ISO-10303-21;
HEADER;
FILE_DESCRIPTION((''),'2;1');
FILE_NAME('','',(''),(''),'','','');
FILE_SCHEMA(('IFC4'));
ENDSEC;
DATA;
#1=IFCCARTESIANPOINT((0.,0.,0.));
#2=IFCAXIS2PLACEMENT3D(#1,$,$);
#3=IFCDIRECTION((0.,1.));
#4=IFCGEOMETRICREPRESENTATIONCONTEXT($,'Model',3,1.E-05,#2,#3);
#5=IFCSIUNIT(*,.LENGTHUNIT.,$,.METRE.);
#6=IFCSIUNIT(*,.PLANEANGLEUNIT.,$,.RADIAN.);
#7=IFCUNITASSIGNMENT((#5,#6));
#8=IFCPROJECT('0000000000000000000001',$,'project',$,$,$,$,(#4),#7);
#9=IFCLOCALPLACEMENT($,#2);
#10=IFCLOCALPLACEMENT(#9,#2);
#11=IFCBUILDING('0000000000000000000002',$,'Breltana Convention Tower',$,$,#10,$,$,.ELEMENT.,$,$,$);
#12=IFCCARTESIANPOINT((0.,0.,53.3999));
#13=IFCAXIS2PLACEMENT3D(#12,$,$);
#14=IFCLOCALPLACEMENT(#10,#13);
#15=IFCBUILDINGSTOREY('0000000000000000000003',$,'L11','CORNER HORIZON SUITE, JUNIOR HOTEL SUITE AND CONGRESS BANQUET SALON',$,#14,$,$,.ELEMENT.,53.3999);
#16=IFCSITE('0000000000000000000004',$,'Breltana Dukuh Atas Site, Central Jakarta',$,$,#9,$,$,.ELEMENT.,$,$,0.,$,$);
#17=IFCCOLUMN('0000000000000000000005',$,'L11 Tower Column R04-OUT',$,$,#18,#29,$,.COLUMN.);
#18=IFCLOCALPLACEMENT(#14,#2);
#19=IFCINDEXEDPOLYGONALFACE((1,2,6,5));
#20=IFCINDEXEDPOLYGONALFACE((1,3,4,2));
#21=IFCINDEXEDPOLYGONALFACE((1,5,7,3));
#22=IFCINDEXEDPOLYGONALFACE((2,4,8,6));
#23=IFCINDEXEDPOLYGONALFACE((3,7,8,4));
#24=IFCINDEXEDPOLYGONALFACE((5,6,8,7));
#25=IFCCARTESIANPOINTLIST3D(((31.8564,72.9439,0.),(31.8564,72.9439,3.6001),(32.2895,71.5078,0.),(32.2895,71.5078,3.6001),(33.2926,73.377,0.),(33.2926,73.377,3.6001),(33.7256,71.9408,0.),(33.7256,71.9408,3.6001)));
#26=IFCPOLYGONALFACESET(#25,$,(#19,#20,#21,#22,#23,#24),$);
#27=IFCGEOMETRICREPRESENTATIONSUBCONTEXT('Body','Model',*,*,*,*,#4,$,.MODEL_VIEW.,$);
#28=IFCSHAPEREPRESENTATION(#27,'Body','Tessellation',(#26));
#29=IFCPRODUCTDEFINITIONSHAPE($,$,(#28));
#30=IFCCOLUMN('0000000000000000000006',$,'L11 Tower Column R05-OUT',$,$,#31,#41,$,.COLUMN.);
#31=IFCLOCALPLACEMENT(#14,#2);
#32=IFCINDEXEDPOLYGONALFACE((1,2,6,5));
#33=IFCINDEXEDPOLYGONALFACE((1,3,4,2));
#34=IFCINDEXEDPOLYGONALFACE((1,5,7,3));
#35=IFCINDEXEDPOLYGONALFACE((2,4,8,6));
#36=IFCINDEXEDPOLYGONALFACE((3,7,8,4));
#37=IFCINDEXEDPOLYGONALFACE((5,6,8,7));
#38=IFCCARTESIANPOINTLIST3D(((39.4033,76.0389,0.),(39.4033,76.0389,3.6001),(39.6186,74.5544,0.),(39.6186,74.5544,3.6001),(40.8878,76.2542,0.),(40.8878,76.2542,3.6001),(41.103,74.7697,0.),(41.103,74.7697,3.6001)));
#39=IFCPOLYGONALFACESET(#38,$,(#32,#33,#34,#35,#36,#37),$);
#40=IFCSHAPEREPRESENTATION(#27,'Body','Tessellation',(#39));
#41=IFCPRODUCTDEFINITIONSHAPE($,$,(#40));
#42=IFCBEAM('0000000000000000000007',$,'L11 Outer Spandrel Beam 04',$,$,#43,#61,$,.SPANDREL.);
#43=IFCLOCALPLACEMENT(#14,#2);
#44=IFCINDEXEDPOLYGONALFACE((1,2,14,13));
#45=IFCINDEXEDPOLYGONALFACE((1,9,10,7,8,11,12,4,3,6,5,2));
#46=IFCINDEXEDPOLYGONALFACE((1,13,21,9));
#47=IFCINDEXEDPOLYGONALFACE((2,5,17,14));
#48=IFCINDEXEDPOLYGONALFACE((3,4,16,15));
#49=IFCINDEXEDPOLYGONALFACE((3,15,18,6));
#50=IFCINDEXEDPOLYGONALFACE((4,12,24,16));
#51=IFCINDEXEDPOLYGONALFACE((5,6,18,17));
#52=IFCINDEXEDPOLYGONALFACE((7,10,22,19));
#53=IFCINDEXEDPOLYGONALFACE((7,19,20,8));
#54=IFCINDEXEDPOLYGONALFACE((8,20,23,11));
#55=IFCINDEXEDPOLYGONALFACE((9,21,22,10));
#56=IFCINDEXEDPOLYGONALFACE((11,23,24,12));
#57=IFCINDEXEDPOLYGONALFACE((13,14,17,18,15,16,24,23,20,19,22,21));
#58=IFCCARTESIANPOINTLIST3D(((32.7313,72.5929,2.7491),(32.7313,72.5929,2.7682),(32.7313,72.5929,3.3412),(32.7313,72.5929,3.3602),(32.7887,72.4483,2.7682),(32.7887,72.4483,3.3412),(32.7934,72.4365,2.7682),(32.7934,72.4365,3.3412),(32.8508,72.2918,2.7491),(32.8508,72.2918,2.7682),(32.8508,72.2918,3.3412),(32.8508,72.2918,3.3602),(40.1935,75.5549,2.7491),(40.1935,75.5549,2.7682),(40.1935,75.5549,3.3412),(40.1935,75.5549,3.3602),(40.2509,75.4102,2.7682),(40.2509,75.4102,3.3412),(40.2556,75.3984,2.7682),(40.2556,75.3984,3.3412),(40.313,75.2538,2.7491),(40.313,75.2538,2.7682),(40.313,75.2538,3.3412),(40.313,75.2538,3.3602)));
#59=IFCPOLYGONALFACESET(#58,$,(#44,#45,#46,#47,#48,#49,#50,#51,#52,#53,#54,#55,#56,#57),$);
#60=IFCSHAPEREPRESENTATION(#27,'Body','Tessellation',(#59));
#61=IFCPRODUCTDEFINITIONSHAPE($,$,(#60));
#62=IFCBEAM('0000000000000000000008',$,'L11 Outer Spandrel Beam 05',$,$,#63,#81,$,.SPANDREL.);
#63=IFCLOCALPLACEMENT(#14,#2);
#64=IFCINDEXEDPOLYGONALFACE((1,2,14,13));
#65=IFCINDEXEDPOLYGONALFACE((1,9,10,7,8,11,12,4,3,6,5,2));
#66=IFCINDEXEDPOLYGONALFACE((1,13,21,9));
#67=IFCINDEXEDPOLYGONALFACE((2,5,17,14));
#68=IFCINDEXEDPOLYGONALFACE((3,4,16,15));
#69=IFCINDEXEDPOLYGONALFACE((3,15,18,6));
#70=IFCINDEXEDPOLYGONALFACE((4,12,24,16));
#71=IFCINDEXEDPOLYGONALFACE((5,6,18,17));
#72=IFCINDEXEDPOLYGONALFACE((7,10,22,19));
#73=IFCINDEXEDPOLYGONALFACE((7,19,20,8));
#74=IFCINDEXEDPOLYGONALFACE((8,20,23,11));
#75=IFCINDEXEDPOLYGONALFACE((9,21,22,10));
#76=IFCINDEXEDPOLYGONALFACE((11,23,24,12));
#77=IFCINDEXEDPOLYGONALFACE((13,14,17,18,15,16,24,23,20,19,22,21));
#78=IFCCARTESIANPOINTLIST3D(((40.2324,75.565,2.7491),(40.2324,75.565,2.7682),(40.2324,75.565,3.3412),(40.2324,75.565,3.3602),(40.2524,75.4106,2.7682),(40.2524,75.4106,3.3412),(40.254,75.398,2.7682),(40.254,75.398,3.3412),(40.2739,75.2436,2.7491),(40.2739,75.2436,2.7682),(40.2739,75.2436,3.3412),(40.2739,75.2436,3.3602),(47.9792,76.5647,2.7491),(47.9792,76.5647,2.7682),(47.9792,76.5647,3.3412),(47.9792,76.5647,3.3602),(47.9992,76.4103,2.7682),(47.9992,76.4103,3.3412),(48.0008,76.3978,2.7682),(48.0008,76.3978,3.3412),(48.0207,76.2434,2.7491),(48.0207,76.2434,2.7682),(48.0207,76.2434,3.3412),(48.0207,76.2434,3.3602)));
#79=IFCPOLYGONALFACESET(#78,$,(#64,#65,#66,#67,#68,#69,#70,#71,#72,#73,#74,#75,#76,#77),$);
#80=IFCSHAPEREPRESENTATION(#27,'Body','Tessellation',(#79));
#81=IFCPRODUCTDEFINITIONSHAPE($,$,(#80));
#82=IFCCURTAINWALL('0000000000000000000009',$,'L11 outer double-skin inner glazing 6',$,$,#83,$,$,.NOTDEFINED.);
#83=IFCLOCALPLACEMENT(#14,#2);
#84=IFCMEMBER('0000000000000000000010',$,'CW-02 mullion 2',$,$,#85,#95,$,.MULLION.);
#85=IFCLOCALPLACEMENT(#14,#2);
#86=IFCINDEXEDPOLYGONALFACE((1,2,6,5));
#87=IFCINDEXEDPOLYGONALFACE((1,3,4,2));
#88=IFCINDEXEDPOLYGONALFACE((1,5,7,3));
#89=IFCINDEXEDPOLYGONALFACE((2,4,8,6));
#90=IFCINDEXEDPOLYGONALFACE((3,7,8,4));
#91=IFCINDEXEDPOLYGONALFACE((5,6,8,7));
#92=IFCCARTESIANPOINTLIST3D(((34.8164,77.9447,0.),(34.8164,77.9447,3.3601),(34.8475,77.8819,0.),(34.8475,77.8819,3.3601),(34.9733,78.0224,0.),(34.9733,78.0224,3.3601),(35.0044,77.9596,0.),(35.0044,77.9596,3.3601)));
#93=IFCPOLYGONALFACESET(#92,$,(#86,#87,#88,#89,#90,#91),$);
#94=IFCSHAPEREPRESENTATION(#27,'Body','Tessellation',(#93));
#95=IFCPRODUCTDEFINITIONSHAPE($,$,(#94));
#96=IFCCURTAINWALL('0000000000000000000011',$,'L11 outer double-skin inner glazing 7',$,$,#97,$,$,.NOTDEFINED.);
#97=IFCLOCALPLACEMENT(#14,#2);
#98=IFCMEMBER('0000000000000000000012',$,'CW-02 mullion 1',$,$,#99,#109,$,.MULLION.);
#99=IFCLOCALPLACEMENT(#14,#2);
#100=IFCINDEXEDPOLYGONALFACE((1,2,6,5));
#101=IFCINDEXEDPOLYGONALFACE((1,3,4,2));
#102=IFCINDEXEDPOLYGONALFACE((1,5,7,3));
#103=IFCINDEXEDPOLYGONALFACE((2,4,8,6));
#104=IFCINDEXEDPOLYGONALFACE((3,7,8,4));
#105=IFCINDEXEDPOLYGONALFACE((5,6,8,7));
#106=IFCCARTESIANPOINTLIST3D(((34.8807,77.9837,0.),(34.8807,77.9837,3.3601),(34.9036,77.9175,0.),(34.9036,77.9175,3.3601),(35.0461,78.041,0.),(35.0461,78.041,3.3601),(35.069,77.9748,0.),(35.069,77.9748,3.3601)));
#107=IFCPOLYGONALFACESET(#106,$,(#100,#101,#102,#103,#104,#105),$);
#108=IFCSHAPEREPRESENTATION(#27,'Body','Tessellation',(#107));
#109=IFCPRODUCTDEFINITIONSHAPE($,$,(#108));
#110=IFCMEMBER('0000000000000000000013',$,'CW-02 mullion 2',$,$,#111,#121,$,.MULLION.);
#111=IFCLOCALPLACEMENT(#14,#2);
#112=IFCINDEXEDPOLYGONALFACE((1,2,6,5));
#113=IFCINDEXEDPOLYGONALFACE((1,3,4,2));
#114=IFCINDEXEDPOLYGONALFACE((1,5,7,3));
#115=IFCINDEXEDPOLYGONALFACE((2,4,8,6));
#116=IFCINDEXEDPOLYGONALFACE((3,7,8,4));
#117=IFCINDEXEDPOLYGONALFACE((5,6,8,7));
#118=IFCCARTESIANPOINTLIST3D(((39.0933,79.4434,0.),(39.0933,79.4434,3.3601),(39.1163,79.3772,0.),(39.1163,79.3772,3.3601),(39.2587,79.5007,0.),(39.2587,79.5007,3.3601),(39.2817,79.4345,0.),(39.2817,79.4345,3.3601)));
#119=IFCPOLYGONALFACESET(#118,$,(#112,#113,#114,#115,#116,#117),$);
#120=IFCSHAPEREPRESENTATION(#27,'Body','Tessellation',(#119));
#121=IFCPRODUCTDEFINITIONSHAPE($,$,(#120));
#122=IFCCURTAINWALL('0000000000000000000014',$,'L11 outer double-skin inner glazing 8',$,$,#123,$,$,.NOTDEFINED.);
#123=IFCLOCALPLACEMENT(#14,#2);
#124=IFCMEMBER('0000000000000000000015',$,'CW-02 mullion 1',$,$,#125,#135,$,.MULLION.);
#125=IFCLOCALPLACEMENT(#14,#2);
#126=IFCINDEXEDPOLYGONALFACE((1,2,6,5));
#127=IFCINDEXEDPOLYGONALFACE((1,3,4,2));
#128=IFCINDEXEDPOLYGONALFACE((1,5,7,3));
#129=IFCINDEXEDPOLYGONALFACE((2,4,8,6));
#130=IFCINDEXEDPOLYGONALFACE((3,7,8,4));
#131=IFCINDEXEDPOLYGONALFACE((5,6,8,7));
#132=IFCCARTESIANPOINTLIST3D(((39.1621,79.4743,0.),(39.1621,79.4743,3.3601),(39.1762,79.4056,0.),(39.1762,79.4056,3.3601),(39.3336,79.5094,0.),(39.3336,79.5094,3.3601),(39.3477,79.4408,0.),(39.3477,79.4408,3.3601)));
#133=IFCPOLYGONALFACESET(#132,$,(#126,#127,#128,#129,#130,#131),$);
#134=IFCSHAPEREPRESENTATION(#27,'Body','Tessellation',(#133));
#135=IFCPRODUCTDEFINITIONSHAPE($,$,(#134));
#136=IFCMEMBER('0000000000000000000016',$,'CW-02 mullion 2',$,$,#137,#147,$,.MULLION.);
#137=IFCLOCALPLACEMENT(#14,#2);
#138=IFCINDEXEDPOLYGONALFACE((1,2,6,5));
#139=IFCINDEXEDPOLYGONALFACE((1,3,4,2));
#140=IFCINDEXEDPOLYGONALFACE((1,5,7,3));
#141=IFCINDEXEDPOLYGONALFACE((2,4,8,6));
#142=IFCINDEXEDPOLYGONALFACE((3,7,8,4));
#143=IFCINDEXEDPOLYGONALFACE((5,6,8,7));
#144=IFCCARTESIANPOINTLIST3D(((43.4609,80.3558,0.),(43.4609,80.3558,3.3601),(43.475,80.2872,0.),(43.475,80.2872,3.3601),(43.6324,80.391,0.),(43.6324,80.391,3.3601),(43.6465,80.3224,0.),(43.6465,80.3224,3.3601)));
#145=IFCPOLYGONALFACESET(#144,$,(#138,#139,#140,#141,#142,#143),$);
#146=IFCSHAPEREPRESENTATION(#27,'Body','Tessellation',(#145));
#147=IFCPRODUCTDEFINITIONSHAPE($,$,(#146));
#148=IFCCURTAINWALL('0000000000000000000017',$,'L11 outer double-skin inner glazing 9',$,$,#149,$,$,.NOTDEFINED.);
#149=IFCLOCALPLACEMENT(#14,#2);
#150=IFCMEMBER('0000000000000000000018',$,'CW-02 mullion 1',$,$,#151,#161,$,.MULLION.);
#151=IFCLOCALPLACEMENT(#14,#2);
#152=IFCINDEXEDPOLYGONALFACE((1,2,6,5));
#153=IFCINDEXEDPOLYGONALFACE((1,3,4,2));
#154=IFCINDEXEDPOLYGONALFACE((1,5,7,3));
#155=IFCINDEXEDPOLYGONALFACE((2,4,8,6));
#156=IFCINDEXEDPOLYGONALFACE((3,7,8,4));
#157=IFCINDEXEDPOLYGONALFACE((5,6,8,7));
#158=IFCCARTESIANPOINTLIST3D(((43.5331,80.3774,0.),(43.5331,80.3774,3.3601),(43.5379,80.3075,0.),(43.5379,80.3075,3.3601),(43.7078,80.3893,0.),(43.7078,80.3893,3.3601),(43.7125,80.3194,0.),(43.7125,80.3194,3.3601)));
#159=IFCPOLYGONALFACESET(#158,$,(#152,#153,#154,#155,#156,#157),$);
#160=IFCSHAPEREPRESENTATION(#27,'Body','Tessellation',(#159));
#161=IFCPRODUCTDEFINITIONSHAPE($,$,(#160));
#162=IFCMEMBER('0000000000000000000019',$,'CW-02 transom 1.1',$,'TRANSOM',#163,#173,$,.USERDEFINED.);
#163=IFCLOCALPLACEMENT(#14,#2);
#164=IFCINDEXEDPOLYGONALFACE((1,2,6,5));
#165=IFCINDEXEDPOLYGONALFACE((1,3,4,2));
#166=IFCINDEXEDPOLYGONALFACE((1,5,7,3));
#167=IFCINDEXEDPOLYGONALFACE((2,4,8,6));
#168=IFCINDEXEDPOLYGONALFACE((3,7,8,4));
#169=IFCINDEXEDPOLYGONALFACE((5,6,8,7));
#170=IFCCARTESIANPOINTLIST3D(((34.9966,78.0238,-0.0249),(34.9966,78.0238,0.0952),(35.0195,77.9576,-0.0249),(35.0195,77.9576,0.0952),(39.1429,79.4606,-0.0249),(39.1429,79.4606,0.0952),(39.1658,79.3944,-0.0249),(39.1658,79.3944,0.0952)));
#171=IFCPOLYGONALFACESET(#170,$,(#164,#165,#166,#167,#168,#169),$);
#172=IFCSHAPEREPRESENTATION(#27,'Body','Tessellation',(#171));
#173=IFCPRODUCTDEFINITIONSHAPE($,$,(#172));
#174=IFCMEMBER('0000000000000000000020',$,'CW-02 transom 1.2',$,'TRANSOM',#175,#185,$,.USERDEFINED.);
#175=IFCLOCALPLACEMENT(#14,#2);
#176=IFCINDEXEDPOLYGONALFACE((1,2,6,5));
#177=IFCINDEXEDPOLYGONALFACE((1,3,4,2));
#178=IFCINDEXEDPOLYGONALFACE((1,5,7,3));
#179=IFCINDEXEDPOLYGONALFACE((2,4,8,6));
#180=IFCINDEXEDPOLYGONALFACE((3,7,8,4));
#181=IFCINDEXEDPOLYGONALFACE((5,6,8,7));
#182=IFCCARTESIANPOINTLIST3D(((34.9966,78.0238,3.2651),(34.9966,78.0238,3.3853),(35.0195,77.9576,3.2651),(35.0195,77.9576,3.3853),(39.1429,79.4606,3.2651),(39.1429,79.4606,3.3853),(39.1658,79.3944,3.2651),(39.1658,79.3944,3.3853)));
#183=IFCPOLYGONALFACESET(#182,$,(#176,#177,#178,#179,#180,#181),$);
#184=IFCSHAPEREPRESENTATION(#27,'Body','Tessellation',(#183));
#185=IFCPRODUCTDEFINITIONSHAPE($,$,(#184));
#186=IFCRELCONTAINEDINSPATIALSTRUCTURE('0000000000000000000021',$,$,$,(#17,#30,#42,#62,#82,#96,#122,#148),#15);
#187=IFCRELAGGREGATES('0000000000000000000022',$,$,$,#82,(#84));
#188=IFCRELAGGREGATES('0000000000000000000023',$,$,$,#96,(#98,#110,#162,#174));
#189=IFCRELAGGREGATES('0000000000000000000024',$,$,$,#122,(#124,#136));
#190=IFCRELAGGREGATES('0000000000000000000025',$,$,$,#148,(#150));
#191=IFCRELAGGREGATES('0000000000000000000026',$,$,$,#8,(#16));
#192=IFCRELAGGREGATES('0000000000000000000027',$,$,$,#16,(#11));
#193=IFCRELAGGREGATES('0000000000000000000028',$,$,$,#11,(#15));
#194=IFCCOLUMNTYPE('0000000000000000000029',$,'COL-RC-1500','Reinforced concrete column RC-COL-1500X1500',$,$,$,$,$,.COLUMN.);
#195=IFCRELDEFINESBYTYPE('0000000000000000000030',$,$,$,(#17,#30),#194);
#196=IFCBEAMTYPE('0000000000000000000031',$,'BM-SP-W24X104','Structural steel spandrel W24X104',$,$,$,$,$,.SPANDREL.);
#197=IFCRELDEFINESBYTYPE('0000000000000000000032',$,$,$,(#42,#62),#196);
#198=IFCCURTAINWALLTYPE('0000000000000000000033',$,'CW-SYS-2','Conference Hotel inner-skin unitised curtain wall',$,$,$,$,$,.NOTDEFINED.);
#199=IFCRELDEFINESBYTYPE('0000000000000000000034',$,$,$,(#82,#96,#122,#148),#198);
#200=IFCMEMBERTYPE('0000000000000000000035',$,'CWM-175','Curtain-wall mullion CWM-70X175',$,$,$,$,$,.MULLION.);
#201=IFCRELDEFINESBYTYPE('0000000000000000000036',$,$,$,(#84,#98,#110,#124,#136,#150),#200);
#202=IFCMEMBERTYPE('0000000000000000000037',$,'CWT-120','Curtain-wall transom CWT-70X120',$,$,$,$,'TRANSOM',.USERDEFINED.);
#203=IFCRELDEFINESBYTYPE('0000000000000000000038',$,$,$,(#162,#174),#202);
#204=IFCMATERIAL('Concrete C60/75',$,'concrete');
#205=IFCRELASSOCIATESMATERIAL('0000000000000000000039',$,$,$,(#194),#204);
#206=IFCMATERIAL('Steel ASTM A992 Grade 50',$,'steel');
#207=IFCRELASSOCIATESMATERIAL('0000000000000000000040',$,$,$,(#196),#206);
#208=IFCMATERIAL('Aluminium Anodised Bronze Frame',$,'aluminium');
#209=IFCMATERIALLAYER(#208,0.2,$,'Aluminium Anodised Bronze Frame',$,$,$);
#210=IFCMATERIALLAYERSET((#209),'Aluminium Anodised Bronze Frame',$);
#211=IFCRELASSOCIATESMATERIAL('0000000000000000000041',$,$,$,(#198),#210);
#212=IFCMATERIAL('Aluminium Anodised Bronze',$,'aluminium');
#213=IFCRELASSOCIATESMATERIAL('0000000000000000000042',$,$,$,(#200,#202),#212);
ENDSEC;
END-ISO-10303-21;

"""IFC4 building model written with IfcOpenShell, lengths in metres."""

from ifc_helpers import new_model, si_unit, direction, frame, origin, origin_2d, place, context, subcontext, project, spatial, rectangle, i_section, extrude, source, transform, mapped, material, layer, layer_set, material_profile, profile_set, type_object, type_shapes, element, aggregate, save


model = new_model("IFC4")

# Units and contexts
model_context = context("Model", 3, precision=1e-05, world=origin(), true_north=direction((0.0, 1.0)))
body_context = subcontext(model_context, "Body", "Model", "MODEL_VIEW")
ifc_project = project(units=[si_unit("LENGTHUNIT", "METRE"), si_unit("PLANEANGLEUNIT", "RADIAN")], contexts=[model_context])

# Site, building, storey
site_placement = place(None, origin())
site = spatial("IfcSite", under=ifc_project, at=site_placement, Name="Breltana Dukuh Atas Site, Central Jakarta", CompositionType="ELEMENT", RefElevation=0.0)
building_placement = place(site_placement, origin())
building = spatial("IfcBuilding", under=site, at=building_placement, Name="Breltana Convention Tower", CompositionType="ELEMENT")
storey_placement = place(building_placement, frame((0.0, 0.0, 53.3999)))
storey = spatial("IfcBuildingStorey", under=building, at=storey_placement, Name="L11", Description="CORNER HORIZON SUITE, JUNIOR HOTEL SUITE AND CONGRESS BANQUET SALON", CompositionType="ELEMENT", Elevation=53.3999)

# Columns
ifc_material_1 = material(Name="Concrete C60/75", Category="concrete")
ifc_material_profile_1 = material_profile(ifc_material_1, rectangle(XDim=1.5, YDim=1.5, at=origin_2d()), Name="RC-COL-1500X1500")
ifc_profile_set_1 = profile_set([ifc_material_profile_1], Name="Concrete C60/75")
column_type = type_object("IfcColumnType", Name="COL-RC-1500", Description="Reinforced concrete column RC-COL-1500X1500", PredefinedType="COLUMN", material=ifc_profile_set_1)
shared_shape_1 = source(origin(), body_context, "Body", "SweptSolid", [
    extrude(rectangle(XDim=1.5, YDim=1.5, at=origin_2d()), origin(), (0.0, 0.0, 1.0), 3.6001),
])
for number, where, z_axis, x_axis, name in (
    (1, (32.791, 72.4424, 0.0), (0.0, 0.0, 1.0), (-0.288698, 0.95742, 0.0), "L11 Tower Column R04-OUT"),
    (2, (40.2532, 75.4043, 0.0), (0.0, 0.0, 1.0), (-0.143493, 0.989651, 0.0), "L11 Tower Column R05-OUT"),
):
    element("IfcColumn", number, at=place(storey_placement, frame(where, z_axis=z_axis, x_axis=x_axis)), inside=storey, type_object=column_type, Name=name, PredefinedType="COLUMN", context=body_context, shape_type="MappedRepresentation", body=[
        mapped(shared_shape_1, transform((0.0, 0.0, 0.0), scale=1.0)),
    ])

# Beams
ifc_material_2 = material(Name="Steel ASTM A992 Grade 50", Category="steel")
ifc_material_profile_2 = material_profile(ifc_material_2, i_section(OverallWidth=0.324, OverallDepth=0.6111, WebThickness=0.0127, FlangeThickness=0.019, at=origin_2d()), Name="W24X104")
ifc_profile_set_2 = profile_set([ifc_material_profile_2], Name="Steel ASTM A992 Grade 50")
beam_type = type_object("IfcBeamType", Name="BM-SP-W24X104", Description="Structural steel spandrel W24X104", PredefinedType="SPANDREL", material=ifc_profile_set_2)
shared_shape_2 = source(origin(), body_context, "Body", "SweptSolid", [
    extrude(i_section(OverallWidth=0.324, OverallDepth=0.6111, WebThickness=0.0127, FlangeThickness=0.019, at=origin_2d()), origin(), (0.0, 0.0, 1.0), 8.0286),
])
beam_1_placement = place(storey_placement, frame((32.791, 72.4424, 3.0547), z_axis=(0.929459, 0.368925, 0.0), x_axis=(-0.368925, 0.929459, 0.0)))
element("IfcBeam", 3, at=beam_1_placement, inside=storey, type_object=beam_type, Name="L11 Outer Spandrel Beam 04", PredefinedType="SPANDREL", context=body_context, shape_type="MappedRepresentation", body=[
    mapped(shared_shape_2, transform((0.0, 0.0, 0.0), scale=1.0)),
])
shared_shape_3 = source(origin(), body_context, "Body", "SweptSolid", [
    extrude(i_section(OverallWidth=0.324, OverallDepth=0.6111, WebThickness=0.0127, FlangeThickness=0.019, at=origin_2d()), origin(), (0.0, 0.0, 1.0), 7.811),
])
beam_2_placement = place(storey_placement, frame((40.2532, 75.4043, 3.0547), z_axis=(0.991775, 0.127992, 0.0), x_axis=(-0.127992, 0.991775, 0.0)))
element("IfcBeam", 4, at=beam_2_placement, inside=storey, type_object=beam_type, Name="L11 Outer Spandrel Beam 05", PredefinedType="SPANDREL", context=body_context, shape_type="MappedRepresentation", body=[
    mapped(shared_shape_3, transform((0.0, 0.0, 0.0), scale=1.0)),
])

# Curtain wall, member
ifc_material_3 = material(Name="Aluminium Anodised Bronze Frame", Category="aluminium")
ifc_layer_1 = layer(ifc_material_3, 0.2, Name="Aluminium Anodised Bronze Frame")
ifc_layer_set_1 = layer_set([ifc_layer_1], Name="Aluminium Anodised Bronze Frame")
curtain_wall_type = type_object("IfcCurtainWallType", Name="CW-SYS-2", Description="Conference Hotel inner-skin unitised curtain wall", PredefinedType="NOTDEFINED", material=ifc_layer_set_1)
curtain_wall_1_placement = place(storey_placement, origin())
curtain_wall_1 = element("IfcCurtainWall", 5, at=curtain_wall_1_placement, inside=storey, type_object=curtain_wall_type, Name="L11 outer double-skin inner glazing 6", PredefinedType="NOTDEFINED")
ifc_material_4 = material(Name="Aluminium Anodised Bronze", Category="aluminium")
ifc_material_profile_3 = material_profile(ifc_material_4, rectangle(XDim=0.0701, YDim=0.175, at=origin_2d()), Name="CWM-70X175")
ifc_profile_set_3 = profile_set([ifc_material_profile_3], Name="Aluminium Anodised Bronze")
member_type_1 = type_object("IfcMemberType", Name="CWM-175", Description="Curtain-wall mullion CWM-70X175", PredefinedType="MULLION", material=ifc_profile_set_3)
shared_shape_4 = source(origin(), body_context, "Body", "SweptSolid", [
    extrude(rectangle(XDim=0.0701, YDim=0.175, at=origin_2d()), origin(), (0.0, 0.0, 1.0), 3.3601),
])
type_shapes(member_type_1, [shared_shape_4])
member_1_placement = place(storey_placement, frame((34.9104, 77.9521, 0.0), z_axis=(0.0, 0.0, 1.0), x_axis=(-0.444108, 0.895973, 0.0)))
member_1 = element("IfcMember", 6, at=member_1_placement, type_object=member_type_1, Name="CW-02 mullion 2", PredefinedType="MULLION", context=body_context, shape_type="MappedRepresentation", body=[
    mapped(shared_shape_4, transform((0.0, 0.0, 0.0), scale=1.0)),
])

# Curtain walls, members
curtain_wall_2_placement = place(storey_placement, origin())
curtain_wall_2 = element("IfcCurtainWall", 7, at=curtain_wall_2_placement, inside=storey, type_object=curtain_wall_type, Name="L11 outer double-skin inner glazing 7", PredefinedType="NOTDEFINED")
member_2_placement = place(storey_placement, frame((34.9749, 77.9792, 0.0), z_axis=(0.0, 0.0, 1.0), x_axis=(-0.327428, 0.944876, 0.0)))
member_2 = element("IfcMember", 8, at=member_2_placement, type_object=member_type_1, Name="CW-02 mullion 1", PredefinedType="MULLION", context=body_context, shape_type="MappedRepresentation", body=[
    mapped(shared_shape_4, transform((0.0, 0.0, 0.0), scale=1.0)),
])
member_3_placement = place(storey_placement, frame((39.1875, 79.439, 0.0), z_axis=(0.0, 0.0, 1.0), x_axis=(-0.327428, 0.944876, 0.0)))
member_3 = element("IfcMember", 9, at=member_3_placement, type_object=member_type_1, Name="CW-02 mullion 2", PredefinedType="MULLION", context=body_context, shape_type="MappedRepresentation", body=[
    mapped(shared_shape_4, transform((0.0, 0.0, 0.0), scale=1.0)),
])
curtain_wall_3_placement = place(storey_placement, origin())
curtain_wall_3 = element("IfcCurtainWall", 10, at=curtain_wall_3_placement, inside=storey, type_object=curtain_wall_type, Name="L11 outer double-skin inner glazing 8", PredefinedType="NOTDEFINED")
member_4_placement = place(storey_placement, frame((39.2549, 79.4575, 0.0), z_axis=(0.0, 0.0, 1.0), x_axis=(-0.200885, 0.979615, 0.0)))
member_4 = element("IfcMember", 11, at=member_4_placement, type_object=member_type_1, Name="CW-02 mullion 1", PredefinedType="MULLION", context=body_context, shape_type="MappedRepresentation", body=[
    mapped(shared_shape_4, transform((0.0, 0.0, 0.0), scale=1.0)),
])
member_5_placement = place(storey_placement, frame((43.5537, 80.3391, 0.0), z_axis=(0.0, 0.0, 1.0), x_axis=(-0.200885, 0.979615, 0.0)))
member_5 = element("IfcMember", 12, at=member_5_placement, type_object=member_type_1, Name="CW-02 mullion 2", PredefinedType="MULLION", context=body_context, shape_type="MappedRepresentation", body=[
    mapped(shared_shape_4, transform((0.0, 0.0, 0.0), scale=1.0)),
])

# Curtain wall, member
curtain_wall_4_placement = place(storey_placement, origin())
curtain_wall_4 = element("IfcCurtainWall", 13, at=curtain_wall_4_placement, inside=storey, type_object=curtain_wall_type, Name="L11 outer double-skin inner glazing 9", PredefinedType="NOTDEFINED")
member_6_placement = place(storey_placement, frame((43.6228, 80.3484, 0.0), z_axis=(0.0, 0.0, 1.0), x_axis=(-0.067726, 0.997704, 0.0)))
member_6 = element("IfcMember", 14, at=member_6_placement, type_object=member_type_1, Name="CW-02 mullion 1", PredefinedType="MULLION", context=body_context, shape_type="MappedRepresentation", body=[
    mapped(shared_shape_4, transform((0.0, 0.0, 0.0), scale=1.0)),
])

# Members
ifc_material_profile_4 = material_profile(ifc_material_4, rectangle(XDim=0.0701, YDim=0.1201, at=origin_2d()), Name="CWT-70X120")
ifc_profile_set_4 = profile_set([ifc_material_profile_4], Name="Aluminium Anodised Bronze")
member_type_2 = type_object("IfcMemberType", Name="CWT-120", Description="Curtain-wall transom CWT-70X120", ElementType="TRANSOM", PredefinedType="USERDEFINED", material=ifc_profile_set_4)
shared_shape_5 = source(origin(), body_context, "Body", "SweptSolid", [
    extrude(rectangle(XDim=0.0701, YDim=0.1201, at=origin_2d()), origin(), (0.0, 0.0, 1.0), 4.3882),
])
member_7_placement = place(storey_placement, frame((35.0081, 77.9907, 0.0352), z_axis=(0.944878, 0.327422, 0.0), x_axis=(-0.327422, 0.944878, 0.0)))
member_7 = element("IfcMember", 15, at=member_7_placement, type_object=member_type_2, Name="CW-02 transom 1.1", ObjectType="TRANSOM", PredefinedType="USERDEFINED", context=body_context, shape_type="MappedRepresentation", body=[
    mapped(shared_shape_5, transform((0.0, 0.0, 0.0), scale=1.0)),
])
member_8_placement = place(storey_placement, frame((35.0081, 77.9907, 3.3252), z_axis=(0.944878, 0.327422, 0.0), x_axis=(-0.327422, 0.944878, 0.0)))
member_8 = element("IfcMember", 16, at=member_8_placement, type_object=member_type_2, Name="CW-02 transom 1.2", ObjectType="TRANSOM", PredefinedType="USERDEFINED", context=body_context, shape_type="MappedRepresentation", body=[
    mapped(shared_shape_5, transform((0.0, 0.0, 0.0), scale=1.0)),
])

aggregate(curtain_wall_1, [member_1])
aggregate(curtain_wall_2, [member_2, member_3, member_7, member_8])
aggregate(curtain_wall_3, [member_4, member_5])
aggregate(curtain_wall_4, [member_6])

save(model, "model.ifc")
